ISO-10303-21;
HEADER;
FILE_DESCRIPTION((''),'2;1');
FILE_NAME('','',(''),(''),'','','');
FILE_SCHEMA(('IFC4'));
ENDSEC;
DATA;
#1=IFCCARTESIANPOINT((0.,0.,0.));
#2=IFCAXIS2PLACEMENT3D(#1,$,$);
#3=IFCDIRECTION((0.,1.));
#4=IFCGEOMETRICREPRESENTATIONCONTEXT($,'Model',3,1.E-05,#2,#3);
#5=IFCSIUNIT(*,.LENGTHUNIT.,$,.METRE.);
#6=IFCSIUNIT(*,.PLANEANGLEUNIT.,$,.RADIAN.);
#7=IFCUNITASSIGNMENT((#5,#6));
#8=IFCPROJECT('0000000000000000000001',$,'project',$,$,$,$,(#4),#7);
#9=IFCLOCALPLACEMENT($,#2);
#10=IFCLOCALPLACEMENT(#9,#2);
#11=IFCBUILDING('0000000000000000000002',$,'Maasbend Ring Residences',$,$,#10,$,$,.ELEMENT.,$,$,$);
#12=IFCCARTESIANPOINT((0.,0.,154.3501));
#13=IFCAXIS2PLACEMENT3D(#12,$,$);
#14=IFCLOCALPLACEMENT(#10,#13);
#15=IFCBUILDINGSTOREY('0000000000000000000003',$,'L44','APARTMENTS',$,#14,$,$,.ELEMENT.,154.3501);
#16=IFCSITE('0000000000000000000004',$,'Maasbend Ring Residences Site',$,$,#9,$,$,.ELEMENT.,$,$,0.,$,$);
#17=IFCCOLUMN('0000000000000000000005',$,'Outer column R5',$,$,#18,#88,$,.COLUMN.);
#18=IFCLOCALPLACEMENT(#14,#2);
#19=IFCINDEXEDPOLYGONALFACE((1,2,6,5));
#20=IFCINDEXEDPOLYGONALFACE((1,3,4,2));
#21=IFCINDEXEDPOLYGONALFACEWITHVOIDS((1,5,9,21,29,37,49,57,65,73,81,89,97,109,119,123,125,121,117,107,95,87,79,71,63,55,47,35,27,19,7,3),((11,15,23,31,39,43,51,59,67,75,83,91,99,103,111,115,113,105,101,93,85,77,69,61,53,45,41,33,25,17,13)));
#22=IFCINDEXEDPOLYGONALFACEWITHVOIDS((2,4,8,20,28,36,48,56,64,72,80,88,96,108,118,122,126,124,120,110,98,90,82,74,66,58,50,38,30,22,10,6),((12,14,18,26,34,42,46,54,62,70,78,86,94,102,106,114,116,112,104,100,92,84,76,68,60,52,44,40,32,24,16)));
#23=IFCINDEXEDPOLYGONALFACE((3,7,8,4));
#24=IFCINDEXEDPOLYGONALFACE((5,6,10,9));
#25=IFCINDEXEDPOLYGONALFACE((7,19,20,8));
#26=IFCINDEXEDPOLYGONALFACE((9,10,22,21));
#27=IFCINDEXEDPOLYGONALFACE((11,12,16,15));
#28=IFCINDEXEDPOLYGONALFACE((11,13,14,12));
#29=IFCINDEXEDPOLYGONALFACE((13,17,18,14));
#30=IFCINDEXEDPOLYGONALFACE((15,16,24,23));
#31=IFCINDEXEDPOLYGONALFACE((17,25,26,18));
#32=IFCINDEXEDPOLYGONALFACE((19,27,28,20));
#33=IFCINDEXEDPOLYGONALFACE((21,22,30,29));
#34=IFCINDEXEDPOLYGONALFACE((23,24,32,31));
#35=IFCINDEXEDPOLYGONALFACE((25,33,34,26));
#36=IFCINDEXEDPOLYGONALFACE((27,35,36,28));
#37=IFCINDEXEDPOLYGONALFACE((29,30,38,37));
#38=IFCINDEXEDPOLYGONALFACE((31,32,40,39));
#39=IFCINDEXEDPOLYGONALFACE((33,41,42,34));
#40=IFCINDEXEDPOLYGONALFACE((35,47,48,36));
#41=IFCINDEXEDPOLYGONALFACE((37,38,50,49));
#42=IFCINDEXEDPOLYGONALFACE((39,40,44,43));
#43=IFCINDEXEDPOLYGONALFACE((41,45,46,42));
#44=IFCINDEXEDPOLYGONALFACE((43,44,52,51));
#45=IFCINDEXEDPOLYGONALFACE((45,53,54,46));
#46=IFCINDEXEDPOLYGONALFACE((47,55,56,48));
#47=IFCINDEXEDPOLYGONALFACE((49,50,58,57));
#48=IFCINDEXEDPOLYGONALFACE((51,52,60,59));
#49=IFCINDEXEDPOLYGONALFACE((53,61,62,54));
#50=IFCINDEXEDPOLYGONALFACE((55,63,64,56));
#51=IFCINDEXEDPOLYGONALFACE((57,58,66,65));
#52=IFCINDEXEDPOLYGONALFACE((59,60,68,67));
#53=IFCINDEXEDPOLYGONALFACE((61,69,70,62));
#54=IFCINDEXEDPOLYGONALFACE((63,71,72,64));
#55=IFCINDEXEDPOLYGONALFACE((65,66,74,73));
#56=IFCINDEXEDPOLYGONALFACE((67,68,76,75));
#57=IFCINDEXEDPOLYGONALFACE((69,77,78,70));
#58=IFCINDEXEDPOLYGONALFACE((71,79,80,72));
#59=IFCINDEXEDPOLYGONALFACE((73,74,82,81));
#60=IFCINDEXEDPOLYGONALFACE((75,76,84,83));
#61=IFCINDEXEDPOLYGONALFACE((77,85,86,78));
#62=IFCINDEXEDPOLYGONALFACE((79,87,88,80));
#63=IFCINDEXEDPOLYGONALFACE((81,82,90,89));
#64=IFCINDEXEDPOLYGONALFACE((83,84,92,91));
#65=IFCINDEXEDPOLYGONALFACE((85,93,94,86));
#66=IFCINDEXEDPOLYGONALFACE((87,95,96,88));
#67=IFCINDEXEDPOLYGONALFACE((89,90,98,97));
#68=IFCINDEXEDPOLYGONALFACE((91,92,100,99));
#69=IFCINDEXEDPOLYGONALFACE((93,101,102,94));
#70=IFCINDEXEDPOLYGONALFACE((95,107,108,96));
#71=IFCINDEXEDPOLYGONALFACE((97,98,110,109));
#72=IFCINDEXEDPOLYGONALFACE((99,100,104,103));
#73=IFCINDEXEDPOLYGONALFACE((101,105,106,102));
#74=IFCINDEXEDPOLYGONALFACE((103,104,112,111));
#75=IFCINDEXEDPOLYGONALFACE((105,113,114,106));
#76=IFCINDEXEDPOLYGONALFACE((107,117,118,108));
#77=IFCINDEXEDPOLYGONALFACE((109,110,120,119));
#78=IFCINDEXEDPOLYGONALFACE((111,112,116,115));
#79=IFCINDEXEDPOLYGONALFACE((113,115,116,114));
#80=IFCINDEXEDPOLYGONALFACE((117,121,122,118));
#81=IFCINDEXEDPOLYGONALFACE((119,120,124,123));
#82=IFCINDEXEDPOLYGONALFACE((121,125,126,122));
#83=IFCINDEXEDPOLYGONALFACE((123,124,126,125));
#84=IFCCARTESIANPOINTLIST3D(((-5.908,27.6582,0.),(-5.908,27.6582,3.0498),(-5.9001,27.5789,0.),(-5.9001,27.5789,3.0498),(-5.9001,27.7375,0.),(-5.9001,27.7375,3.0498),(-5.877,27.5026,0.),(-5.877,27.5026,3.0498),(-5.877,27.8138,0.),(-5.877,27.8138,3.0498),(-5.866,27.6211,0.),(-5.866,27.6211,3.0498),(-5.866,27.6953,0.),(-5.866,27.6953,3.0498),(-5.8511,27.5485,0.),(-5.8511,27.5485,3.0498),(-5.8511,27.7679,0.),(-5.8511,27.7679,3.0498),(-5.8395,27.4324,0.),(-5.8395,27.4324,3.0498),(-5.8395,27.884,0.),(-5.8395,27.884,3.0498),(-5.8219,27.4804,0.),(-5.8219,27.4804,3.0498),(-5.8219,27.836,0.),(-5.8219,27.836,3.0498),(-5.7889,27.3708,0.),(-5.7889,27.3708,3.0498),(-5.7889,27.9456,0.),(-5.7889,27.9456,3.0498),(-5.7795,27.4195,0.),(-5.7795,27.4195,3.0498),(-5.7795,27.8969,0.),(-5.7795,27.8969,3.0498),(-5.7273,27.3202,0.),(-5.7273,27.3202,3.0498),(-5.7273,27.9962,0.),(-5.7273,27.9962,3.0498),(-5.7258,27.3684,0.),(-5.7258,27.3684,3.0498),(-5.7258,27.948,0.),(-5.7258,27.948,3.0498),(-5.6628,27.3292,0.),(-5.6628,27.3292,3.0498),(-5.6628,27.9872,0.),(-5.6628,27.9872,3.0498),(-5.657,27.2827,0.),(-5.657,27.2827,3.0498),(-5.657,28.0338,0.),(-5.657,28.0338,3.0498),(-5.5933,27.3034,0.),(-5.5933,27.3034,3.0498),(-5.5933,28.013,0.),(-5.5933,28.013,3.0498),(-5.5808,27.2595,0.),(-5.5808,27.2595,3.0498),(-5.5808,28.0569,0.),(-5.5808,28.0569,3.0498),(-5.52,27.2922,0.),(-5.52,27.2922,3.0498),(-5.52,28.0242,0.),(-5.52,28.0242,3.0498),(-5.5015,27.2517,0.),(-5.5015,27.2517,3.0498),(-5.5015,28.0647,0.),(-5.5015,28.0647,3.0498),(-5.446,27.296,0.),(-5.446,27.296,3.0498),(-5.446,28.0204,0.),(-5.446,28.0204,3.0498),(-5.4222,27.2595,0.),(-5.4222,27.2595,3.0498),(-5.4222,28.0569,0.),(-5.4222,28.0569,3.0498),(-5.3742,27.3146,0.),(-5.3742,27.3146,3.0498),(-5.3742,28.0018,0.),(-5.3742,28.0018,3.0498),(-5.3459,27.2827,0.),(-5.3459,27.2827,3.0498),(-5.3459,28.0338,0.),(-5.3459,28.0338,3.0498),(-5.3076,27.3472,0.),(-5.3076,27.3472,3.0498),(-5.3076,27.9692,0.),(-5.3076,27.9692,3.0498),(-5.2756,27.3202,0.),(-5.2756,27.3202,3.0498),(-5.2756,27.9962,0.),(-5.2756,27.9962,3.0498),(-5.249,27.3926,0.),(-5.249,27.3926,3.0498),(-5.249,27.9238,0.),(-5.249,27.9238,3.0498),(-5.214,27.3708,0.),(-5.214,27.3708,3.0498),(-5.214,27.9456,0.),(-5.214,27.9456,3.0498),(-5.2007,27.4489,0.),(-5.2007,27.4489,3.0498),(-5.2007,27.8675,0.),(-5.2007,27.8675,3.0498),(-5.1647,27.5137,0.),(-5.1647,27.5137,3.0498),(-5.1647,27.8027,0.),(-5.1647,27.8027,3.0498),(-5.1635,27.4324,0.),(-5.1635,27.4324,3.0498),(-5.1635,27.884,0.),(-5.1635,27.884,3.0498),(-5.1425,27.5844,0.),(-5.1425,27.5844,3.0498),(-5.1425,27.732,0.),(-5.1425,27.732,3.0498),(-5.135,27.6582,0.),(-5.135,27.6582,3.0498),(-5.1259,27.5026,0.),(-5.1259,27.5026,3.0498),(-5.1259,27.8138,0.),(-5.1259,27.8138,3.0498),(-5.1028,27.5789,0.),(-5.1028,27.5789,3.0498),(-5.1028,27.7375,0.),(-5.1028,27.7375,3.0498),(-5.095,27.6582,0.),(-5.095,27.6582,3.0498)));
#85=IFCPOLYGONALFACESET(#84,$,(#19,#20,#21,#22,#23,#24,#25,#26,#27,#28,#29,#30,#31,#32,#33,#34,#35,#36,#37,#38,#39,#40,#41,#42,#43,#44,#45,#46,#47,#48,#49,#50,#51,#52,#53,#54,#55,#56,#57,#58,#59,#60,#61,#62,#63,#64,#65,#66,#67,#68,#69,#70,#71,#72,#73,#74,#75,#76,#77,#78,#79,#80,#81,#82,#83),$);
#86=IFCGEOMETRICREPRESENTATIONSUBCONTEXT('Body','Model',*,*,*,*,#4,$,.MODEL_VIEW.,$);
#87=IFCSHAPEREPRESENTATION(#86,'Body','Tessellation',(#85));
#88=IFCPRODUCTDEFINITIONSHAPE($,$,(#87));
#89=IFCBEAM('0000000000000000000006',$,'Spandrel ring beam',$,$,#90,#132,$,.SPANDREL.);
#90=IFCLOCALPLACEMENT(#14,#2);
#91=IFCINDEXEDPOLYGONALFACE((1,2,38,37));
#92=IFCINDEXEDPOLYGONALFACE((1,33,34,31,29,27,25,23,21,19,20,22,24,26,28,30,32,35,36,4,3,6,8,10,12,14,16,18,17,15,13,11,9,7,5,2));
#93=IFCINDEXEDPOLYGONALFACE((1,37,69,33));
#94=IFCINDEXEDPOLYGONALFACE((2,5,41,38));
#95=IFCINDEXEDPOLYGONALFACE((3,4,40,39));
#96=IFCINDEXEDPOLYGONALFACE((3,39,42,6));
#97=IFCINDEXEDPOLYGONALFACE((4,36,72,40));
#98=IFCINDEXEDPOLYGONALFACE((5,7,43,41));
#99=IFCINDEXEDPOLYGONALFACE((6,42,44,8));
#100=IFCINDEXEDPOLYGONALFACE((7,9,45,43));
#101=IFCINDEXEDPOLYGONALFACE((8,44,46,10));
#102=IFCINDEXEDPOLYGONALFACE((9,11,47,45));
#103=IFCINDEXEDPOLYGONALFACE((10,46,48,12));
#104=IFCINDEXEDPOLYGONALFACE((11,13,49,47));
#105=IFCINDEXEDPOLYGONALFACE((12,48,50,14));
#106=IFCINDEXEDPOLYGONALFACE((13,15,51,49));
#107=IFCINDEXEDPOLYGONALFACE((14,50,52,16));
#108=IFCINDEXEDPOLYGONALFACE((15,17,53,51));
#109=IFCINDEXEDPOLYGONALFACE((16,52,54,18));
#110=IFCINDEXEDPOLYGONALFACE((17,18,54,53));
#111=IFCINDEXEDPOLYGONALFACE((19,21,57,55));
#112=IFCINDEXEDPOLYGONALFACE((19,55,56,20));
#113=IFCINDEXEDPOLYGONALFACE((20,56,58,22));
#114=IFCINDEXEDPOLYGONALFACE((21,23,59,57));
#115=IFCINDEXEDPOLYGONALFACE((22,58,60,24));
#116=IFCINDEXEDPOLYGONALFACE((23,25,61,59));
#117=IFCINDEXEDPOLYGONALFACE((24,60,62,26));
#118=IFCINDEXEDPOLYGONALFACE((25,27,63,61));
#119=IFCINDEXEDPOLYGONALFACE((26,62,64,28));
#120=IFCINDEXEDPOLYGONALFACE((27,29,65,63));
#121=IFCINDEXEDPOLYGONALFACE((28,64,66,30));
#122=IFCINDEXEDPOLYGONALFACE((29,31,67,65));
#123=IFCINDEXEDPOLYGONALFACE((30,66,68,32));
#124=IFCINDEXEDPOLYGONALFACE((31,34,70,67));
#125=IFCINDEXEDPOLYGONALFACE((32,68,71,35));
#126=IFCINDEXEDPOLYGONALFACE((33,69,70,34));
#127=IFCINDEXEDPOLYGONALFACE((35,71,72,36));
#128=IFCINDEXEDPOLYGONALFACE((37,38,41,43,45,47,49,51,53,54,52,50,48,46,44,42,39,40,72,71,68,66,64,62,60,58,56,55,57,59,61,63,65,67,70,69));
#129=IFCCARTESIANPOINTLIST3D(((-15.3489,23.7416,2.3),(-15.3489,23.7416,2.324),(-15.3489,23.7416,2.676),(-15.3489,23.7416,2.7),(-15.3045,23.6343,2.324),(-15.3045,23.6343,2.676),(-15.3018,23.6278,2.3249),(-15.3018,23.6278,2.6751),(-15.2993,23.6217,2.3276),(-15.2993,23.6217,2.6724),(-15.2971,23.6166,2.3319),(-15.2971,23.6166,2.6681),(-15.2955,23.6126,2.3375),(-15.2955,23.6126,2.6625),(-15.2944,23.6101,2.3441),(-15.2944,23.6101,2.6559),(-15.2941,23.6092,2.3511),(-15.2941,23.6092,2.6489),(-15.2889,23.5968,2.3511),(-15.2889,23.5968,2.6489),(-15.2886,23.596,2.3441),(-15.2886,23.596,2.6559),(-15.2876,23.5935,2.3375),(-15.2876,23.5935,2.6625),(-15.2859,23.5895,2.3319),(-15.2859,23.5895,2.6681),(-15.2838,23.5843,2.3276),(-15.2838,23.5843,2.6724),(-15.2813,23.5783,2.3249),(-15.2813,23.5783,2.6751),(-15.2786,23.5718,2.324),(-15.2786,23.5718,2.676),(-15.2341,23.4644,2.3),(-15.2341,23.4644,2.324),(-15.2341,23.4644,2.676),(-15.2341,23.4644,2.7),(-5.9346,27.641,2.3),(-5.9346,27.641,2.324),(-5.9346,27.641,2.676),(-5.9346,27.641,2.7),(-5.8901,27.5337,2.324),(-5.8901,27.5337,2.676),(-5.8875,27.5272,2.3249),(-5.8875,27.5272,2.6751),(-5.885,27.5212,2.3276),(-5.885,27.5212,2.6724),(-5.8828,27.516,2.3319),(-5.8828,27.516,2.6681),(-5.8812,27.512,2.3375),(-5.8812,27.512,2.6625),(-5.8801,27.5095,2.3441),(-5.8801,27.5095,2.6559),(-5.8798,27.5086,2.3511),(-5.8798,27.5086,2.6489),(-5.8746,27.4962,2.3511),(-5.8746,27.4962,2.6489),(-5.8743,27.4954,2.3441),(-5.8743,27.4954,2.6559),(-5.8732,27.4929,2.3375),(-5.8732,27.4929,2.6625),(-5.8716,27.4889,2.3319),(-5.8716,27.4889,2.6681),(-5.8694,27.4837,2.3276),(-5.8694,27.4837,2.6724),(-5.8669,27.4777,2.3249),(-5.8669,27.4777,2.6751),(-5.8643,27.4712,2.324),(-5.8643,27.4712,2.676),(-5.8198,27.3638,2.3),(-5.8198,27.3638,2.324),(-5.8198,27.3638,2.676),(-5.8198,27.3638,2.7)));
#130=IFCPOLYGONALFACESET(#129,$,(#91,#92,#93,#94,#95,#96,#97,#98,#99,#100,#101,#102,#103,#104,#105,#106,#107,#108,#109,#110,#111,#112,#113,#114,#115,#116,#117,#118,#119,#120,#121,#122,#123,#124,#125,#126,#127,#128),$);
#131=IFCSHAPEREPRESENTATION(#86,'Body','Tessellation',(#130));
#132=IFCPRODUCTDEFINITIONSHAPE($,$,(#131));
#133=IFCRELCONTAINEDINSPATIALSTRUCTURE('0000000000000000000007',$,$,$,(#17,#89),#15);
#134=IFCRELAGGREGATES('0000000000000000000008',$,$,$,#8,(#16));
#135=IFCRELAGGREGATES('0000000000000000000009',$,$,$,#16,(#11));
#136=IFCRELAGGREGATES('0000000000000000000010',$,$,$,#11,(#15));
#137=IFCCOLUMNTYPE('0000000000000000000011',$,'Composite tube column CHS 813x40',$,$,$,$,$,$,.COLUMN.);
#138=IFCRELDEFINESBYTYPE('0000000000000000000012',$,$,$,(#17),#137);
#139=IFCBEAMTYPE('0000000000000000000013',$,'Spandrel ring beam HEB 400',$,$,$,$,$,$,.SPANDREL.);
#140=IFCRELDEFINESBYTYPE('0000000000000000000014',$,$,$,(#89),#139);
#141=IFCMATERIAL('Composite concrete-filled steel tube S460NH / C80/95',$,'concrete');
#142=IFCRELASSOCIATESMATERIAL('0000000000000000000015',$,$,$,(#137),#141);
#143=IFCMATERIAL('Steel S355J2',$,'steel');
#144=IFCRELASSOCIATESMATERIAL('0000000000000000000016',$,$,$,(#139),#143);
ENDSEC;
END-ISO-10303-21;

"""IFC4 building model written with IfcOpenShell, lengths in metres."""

from ifc_helpers import new_model, si_unit, direction, frame, origin, origin_2d, place, context, subcontext, project, spatial, hollow_circle, i_section, extrude, material, material_profile, profile_set, type_object, element, save


model = new_model("IFC4")

# Units and contexts
model_context = context("Model", 3, precision=1e-05, world=origin(), true_north=direction((0.0, 1.0)))
body_context = subcontext(model_context, "Body", "Model", "MODEL_VIEW")
ifc_project = project(units=[si_unit("LENGTHUNIT", "METRE"), si_unit("PLANEANGLEUNIT", "RADIAN")], contexts=[model_context])

# Site, building, storey
site_placement = place(None, origin())
site = spatial("IfcSite", under=ifc_project, at=site_placement, Name="Maasbend Ring Residences Site", CompositionType="ELEMENT", RefElevation=0.0)
building_placement = place(site_placement, origin())
building = spatial("IfcBuilding", under=site, at=building_placement, Name="Maasbend Ring Residences", CompositionType="ELEMENT")
storey_placement = place(building_placement, frame((0.0, 0.0, 154.3501)))
storey = spatial("IfcBuildingStorey", under=building, at=storey_placement, Name="L44", Description="APARTMENTS", CompositionType="ELEMENT", Elevation=154.3501)

# Column
ifc_material_1 = material(Name="Composite concrete-filled steel tube S460NH / C80/95", Category="concrete")
ifc_material_profile_1 = material_profile(ifc_material_1, hollow_circle(Radius=0.4065, WallThickness=0.04, at=origin_2d()), Name="Composite tube column CHS 813x40")
ifc_profile_set_1 = profile_set([ifc_material_profile_1], Name="Composite concrete-filled steel tube S460NH / C80/95")
column_type = type_object("IfcColumnType", Name="Composite tube column CHS 813x40", PredefinedType="COLUMN", material=ifc_profile_set_1)
column_placement = place(storey_placement, frame((-5.5015, 27.6582, 0.0), z_axis=(0.0, 0.0, 1.0), x_axis=(1.0, 0.0, 0.0)))
element("IfcColumn", 1, at=column_placement, inside=storey, type_object=column_type, Name="Outer column R5", PredefinedType="COLUMN", context=body_context, shape_type="SweptSolid", body=[
    extrude(hollow_circle(Radius=0.4065, WallThickness=0.04, at=origin_2d()), origin(), (0.0, 0.0, 1.0), 3.0498),
])

# Beam
ifc_material_2 = material(Name="Steel S355J2", Category="steel")
ifc_material_profile_2 = material_profile(ifc_material_2, i_section(OverallWidth=0.3, OverallDepth=0.3999, WebThickness=0.0134, FlangeThickness=0.0239, FilletRadius=0.0271, at=origin_2d()), Name="HEB 400")
ifc_profile_set_2 = profile_set([ifc_material_profile_2], Name="Steel S355J2")
beam_type = type_object("IfcBeamType", Name="Spandrel ring beam HEB 400", PredefinedType="SPANDREL", material=ifc_profile_set_2)
beam_placement = place(storey_placement, frame((-5.8772, 27.5024, 2.5), z_axis=(-0.923884, -0.382673, 0.0), x_axis=(0.382673, -0.923884, 0.0)))
element("IfcBeam", 2, at=beam_placement, inside=storey, type_object=beam_type, Name="Spandrel ring beam", PredefinedType="SPANDREL", context=body_context, shape_type="SweptSolid", body=[
    extrude(i_section(OverallWidth=0.3, OverallDepth=0.3999, WebThickness=0.0134, FlangeThickness=0.0239, FilletRadius=0.0271, at=origin_2d()), origin(), (0.0, 0.0, 1.0), 10.1899),
])

save(model, "model.ifc")
